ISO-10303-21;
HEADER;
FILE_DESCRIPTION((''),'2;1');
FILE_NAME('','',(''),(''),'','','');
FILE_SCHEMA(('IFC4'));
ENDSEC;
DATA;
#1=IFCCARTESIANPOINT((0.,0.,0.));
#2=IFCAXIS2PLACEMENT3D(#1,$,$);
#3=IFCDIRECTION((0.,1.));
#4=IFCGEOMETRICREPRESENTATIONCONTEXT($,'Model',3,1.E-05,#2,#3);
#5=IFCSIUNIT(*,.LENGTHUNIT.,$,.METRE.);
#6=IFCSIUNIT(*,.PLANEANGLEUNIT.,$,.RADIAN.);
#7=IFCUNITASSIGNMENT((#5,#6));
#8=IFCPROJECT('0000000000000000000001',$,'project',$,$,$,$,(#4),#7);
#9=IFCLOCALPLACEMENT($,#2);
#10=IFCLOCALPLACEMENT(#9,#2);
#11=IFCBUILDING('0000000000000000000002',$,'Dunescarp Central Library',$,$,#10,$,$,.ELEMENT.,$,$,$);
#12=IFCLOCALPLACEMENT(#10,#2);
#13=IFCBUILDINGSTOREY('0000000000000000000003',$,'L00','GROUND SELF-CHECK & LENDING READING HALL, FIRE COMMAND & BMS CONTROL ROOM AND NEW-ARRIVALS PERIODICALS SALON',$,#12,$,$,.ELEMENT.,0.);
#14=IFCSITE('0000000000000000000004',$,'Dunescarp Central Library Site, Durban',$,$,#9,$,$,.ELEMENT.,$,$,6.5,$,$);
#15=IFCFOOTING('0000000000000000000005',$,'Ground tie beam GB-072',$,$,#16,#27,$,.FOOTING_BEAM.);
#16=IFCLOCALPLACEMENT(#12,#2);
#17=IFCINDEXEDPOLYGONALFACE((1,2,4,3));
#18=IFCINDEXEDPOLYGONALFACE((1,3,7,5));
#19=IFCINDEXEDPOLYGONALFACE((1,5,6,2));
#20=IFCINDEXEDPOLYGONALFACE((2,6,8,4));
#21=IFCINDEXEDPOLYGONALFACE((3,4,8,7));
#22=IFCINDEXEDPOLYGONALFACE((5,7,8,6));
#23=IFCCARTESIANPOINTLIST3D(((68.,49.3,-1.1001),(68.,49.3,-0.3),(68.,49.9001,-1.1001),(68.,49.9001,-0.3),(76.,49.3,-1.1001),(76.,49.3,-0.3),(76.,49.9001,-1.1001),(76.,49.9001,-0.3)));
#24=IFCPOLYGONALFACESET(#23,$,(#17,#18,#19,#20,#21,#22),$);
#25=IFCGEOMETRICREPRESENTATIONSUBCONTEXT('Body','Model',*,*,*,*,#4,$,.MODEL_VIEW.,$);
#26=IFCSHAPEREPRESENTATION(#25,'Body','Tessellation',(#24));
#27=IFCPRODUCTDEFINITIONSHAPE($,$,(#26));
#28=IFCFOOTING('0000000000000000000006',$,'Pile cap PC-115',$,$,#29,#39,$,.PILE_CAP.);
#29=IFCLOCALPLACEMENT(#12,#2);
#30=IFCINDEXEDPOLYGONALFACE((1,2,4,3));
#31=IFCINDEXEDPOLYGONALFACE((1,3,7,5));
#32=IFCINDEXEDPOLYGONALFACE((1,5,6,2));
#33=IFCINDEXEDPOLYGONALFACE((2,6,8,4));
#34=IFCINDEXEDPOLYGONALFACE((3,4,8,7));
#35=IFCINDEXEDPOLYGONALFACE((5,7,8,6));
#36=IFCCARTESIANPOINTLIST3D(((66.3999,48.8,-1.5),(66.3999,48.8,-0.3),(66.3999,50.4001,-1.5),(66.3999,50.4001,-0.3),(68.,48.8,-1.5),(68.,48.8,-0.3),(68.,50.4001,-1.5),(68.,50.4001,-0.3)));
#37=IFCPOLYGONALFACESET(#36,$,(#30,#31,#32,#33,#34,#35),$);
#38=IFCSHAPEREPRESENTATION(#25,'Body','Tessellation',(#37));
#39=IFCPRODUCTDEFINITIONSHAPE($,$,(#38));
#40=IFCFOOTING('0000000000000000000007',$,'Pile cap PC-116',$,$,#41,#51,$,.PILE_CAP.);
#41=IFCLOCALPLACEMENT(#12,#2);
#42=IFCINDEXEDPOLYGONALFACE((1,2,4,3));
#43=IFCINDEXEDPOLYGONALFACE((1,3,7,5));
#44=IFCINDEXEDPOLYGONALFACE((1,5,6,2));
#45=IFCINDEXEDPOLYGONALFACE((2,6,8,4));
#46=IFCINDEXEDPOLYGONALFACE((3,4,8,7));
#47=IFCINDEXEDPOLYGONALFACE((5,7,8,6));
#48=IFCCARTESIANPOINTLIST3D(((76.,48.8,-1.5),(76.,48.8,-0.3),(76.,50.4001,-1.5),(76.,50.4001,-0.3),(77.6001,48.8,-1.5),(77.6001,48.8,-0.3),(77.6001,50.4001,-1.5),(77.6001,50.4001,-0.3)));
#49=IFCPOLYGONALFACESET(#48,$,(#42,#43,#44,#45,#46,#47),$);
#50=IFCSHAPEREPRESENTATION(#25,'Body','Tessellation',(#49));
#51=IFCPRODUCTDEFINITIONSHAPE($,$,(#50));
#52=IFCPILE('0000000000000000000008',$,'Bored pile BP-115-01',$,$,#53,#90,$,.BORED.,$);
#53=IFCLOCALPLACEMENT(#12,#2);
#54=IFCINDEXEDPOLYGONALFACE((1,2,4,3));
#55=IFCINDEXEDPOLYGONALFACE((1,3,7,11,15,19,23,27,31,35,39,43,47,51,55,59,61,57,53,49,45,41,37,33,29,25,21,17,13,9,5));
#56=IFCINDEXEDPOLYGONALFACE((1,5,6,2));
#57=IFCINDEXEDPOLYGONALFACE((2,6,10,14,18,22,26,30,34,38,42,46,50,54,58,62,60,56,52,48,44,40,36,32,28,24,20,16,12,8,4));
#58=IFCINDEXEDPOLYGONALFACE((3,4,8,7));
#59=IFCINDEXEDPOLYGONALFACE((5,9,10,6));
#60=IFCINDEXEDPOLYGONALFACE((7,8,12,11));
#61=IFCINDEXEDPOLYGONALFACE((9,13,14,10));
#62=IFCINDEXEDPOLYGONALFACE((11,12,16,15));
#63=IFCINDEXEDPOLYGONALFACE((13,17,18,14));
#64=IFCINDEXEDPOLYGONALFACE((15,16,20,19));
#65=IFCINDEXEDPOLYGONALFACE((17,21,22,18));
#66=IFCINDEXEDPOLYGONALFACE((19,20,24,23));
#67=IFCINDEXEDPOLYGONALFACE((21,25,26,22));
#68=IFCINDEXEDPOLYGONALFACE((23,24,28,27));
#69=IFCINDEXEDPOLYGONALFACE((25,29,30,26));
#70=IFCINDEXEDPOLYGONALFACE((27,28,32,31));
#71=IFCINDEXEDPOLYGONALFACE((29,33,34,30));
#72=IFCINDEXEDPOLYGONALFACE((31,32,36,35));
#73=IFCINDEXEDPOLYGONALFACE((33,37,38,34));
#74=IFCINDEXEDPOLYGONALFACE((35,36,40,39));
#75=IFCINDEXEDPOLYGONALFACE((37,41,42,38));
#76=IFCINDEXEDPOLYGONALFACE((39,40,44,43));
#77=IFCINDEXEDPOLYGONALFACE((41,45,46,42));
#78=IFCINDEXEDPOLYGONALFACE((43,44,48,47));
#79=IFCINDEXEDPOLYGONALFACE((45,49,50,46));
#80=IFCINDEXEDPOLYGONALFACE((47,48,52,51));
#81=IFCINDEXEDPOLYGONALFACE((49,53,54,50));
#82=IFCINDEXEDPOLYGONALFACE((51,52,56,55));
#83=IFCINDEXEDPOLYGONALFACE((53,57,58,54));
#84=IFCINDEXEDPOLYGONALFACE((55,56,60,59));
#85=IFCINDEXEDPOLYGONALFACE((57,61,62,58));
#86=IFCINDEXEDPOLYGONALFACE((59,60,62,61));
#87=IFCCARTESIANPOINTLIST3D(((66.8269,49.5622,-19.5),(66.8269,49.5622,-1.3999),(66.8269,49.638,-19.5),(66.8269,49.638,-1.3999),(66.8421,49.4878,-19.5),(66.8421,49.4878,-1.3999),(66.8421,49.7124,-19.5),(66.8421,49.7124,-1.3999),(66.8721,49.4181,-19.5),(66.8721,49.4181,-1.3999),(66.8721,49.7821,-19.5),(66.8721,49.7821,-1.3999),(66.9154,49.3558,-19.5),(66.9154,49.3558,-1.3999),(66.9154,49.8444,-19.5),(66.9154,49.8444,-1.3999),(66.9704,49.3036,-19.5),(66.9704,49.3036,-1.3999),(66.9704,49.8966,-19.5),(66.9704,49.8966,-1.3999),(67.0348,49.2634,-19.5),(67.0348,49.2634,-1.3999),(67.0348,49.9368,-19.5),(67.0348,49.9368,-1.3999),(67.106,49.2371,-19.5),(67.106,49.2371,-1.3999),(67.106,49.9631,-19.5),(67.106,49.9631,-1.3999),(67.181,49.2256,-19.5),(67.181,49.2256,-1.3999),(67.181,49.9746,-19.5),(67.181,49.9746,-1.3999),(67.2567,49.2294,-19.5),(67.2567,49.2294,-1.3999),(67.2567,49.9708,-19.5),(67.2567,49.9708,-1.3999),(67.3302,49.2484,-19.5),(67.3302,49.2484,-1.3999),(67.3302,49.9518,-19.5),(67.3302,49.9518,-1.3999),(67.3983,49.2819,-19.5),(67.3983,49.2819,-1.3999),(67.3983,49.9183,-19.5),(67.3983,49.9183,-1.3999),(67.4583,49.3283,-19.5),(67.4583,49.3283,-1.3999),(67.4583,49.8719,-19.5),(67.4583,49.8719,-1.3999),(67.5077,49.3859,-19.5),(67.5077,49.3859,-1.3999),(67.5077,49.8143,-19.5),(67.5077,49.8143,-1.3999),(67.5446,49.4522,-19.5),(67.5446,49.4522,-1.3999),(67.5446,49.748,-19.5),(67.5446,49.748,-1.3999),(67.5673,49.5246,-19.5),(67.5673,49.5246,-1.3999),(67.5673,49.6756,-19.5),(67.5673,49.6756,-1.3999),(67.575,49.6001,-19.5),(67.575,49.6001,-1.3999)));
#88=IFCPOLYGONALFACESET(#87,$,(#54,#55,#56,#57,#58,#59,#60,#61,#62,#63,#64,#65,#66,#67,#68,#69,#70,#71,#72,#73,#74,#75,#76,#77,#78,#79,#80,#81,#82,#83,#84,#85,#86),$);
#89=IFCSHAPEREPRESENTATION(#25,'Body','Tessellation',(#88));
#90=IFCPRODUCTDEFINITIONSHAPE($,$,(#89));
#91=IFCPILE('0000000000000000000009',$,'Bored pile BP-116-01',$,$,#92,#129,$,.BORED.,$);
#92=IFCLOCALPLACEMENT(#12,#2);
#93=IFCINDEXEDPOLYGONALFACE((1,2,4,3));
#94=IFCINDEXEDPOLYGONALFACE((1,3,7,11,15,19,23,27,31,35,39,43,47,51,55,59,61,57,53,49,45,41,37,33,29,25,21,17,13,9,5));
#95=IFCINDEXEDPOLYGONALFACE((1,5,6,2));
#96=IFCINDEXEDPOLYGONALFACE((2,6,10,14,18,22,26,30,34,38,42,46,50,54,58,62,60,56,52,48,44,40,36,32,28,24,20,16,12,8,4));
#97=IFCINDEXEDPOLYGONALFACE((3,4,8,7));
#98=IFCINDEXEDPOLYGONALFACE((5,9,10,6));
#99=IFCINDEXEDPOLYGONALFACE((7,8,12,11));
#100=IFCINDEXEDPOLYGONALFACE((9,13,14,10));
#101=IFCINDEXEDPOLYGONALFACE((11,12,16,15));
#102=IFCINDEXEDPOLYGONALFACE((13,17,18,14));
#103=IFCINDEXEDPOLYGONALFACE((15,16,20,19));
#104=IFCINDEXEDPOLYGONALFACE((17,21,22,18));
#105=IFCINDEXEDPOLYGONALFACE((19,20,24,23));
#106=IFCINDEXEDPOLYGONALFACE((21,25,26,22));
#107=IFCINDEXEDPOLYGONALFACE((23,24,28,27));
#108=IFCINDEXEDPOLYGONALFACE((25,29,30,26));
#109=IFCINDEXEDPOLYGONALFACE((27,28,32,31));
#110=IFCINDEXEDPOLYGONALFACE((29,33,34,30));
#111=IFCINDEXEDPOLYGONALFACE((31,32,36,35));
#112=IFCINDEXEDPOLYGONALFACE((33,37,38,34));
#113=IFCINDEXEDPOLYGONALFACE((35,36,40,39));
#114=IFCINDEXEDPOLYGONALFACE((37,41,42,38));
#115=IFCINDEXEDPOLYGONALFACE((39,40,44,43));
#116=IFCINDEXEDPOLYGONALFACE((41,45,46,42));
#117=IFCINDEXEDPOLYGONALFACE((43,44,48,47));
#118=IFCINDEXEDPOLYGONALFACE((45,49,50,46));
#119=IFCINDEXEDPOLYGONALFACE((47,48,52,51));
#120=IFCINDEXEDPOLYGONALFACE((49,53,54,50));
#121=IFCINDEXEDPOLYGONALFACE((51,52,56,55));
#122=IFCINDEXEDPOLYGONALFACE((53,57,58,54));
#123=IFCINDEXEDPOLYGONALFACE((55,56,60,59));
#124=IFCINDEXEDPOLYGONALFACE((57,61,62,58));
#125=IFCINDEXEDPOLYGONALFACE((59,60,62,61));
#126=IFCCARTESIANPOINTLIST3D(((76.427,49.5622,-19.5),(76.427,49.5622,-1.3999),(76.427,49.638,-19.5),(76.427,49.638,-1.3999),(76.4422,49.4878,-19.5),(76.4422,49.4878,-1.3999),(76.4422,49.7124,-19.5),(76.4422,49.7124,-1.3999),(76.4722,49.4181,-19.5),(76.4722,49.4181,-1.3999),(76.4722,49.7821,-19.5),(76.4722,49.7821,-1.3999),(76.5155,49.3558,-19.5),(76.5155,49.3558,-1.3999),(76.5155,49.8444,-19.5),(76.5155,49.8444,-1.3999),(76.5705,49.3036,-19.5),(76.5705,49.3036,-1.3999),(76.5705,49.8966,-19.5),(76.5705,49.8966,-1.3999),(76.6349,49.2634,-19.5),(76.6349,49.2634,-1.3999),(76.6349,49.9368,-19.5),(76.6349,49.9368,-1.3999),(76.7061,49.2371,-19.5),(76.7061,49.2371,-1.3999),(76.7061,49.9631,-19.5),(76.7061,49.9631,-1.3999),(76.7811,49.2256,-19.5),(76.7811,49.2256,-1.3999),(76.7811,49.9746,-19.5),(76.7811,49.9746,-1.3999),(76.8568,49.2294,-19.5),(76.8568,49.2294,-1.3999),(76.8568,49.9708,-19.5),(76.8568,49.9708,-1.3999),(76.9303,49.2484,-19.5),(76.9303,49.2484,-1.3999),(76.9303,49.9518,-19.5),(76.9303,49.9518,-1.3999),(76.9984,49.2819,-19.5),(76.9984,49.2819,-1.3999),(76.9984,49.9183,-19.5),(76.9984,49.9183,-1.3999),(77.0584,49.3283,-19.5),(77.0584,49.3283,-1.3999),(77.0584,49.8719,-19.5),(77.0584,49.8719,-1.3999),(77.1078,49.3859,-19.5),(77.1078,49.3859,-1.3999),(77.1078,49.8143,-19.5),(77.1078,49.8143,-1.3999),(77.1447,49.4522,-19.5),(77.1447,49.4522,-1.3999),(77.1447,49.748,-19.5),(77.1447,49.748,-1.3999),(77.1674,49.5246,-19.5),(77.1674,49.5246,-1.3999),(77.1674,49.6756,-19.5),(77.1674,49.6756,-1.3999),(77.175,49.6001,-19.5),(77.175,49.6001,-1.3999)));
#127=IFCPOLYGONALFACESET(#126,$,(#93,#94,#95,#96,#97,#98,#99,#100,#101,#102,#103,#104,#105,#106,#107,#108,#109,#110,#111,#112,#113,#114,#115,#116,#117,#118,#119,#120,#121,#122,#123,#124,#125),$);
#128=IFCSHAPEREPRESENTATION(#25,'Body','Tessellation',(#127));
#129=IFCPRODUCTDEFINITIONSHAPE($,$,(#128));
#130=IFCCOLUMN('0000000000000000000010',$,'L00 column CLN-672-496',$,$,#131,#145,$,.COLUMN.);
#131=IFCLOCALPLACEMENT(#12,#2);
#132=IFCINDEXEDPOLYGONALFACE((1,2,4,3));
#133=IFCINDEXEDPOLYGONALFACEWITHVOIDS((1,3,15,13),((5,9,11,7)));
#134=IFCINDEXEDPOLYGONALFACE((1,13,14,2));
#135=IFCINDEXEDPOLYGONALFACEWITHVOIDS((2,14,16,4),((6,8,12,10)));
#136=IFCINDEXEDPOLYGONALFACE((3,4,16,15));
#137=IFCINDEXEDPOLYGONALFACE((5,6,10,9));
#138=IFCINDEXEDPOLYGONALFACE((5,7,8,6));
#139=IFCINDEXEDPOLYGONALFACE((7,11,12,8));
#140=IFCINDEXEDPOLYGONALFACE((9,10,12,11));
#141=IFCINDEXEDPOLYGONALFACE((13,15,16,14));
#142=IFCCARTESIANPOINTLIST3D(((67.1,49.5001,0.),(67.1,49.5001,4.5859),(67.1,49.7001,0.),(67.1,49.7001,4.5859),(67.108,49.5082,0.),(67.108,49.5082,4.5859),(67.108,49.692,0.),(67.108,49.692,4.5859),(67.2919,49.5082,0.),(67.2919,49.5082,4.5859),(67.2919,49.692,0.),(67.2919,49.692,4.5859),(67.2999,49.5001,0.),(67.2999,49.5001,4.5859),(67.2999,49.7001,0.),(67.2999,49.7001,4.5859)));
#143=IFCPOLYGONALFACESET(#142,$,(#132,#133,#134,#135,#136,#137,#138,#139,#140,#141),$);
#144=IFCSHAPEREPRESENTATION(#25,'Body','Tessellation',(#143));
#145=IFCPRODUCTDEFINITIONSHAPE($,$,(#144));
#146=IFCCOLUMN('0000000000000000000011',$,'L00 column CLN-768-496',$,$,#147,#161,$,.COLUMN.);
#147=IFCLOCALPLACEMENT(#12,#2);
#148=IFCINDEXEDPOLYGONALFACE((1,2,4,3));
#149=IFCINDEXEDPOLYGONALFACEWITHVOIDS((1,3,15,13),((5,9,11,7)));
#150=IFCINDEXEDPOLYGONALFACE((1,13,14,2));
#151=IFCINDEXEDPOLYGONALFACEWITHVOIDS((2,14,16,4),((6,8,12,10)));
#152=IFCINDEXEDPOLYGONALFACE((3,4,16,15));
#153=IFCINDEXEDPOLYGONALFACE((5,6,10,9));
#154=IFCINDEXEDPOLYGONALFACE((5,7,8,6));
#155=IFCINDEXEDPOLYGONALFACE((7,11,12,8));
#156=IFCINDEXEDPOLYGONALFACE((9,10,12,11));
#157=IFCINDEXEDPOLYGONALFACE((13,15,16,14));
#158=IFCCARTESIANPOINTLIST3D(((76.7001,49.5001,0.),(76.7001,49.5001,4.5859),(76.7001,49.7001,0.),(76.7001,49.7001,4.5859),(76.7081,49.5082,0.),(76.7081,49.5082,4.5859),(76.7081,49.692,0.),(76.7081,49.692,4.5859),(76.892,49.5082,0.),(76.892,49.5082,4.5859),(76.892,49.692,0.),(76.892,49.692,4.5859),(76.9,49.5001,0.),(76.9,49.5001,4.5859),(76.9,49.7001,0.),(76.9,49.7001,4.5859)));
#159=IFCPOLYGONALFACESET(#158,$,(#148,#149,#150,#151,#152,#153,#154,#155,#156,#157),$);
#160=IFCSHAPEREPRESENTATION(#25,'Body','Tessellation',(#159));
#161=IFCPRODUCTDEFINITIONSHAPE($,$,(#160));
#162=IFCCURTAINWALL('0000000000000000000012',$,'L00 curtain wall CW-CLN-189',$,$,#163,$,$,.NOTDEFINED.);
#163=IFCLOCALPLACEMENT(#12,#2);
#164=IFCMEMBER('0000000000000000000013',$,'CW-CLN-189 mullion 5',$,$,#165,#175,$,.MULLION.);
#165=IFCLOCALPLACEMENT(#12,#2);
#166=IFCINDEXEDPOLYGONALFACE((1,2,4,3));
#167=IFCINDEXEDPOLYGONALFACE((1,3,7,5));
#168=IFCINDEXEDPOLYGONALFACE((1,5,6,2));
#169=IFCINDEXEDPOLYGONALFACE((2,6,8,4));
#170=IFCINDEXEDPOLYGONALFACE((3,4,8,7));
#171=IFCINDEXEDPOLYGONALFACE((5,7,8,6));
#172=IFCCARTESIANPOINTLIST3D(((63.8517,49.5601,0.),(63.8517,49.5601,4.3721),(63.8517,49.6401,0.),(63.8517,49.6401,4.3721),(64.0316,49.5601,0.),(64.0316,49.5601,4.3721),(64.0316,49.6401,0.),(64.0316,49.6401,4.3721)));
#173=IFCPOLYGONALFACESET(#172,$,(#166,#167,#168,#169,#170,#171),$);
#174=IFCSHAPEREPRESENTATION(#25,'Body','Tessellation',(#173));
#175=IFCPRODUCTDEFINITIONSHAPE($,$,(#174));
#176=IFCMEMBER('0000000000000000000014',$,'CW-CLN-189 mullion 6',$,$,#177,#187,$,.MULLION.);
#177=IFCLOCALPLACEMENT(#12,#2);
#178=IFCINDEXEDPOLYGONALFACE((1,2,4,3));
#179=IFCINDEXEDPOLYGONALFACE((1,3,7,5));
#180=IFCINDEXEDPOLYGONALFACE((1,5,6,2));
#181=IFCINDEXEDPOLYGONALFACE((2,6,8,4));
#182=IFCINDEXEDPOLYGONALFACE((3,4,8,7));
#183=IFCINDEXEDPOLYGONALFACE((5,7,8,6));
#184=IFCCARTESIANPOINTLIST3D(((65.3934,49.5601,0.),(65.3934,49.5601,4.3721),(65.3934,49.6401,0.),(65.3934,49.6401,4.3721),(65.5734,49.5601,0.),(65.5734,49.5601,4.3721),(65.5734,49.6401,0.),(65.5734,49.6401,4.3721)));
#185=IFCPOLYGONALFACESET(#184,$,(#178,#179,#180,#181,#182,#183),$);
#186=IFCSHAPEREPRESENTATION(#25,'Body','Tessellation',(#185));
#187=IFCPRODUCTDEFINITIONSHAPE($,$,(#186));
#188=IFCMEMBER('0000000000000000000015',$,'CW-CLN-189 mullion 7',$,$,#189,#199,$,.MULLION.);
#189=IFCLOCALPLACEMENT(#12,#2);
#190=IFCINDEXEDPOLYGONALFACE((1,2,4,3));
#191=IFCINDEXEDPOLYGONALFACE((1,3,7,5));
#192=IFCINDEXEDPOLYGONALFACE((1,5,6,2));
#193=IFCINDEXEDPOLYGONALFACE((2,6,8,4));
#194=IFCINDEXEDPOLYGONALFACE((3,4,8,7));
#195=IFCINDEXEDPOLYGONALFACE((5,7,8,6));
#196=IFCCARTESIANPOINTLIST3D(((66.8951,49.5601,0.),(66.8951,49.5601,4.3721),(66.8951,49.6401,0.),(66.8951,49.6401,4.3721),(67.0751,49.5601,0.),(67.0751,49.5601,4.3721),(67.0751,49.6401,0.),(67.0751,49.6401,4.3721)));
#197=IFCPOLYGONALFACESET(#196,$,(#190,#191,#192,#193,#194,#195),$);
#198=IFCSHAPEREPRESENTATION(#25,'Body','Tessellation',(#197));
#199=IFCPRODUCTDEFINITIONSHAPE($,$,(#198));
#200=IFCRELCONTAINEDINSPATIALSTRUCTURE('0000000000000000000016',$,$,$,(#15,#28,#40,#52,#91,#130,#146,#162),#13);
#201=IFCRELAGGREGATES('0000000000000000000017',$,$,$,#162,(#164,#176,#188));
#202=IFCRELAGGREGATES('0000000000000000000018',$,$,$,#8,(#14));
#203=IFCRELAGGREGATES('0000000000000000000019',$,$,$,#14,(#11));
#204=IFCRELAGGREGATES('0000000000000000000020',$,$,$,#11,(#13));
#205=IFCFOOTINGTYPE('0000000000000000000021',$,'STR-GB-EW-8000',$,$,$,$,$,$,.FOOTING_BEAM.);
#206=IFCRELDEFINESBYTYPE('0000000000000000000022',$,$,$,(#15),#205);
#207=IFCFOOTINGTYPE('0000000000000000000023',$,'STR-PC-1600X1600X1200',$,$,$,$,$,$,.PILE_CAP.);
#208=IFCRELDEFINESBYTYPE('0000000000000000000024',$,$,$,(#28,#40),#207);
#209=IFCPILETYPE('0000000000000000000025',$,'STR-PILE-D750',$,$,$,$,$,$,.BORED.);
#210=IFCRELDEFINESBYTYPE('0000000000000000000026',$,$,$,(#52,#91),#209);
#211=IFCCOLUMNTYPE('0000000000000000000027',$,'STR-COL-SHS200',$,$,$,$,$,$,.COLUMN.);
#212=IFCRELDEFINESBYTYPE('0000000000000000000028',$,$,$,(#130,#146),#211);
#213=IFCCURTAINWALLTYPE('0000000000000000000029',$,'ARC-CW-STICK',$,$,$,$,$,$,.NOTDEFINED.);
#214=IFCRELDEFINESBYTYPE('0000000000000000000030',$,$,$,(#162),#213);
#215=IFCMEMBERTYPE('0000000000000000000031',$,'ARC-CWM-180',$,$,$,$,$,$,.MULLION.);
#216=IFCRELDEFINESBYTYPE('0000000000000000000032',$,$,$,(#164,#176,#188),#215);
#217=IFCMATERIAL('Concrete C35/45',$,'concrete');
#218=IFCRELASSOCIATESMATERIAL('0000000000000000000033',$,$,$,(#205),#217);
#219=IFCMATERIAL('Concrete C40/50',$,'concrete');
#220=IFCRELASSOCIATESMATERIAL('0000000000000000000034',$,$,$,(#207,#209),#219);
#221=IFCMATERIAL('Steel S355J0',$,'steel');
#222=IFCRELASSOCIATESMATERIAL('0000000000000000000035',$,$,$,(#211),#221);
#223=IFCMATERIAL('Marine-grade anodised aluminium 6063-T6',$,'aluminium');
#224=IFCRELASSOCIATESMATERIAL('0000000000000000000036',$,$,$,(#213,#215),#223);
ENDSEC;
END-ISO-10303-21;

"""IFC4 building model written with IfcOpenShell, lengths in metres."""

from ifc_helpers import new_model, si_unit, direction, frame, origin, origin_2d, place, context, subcontext, project, spatial, rectangle, hollow_rectangle, circle, extrude, material, material_profile, profile_set, type_object, element, aggregate, save


model = new_model("IFC4")

# Units and contexts
model_context = context("Model", 3, precision=1e-05, world=origin(), true_north=direction((0.0, 1.0)))
body_context = subcontext(model_context, "Body", "Model", "MODEL_VIEW")
ifc_project = project(units=[si_unit("LENGTHUNIT", "METRE"), si_unit("PLANEANGLEUNIT", "RADIAN")], contexts=[model_context])

# Site, building, storey
site_placement = place(None, origin())
site = spatial("IfcSite", under=ifc_project, at=site_placement, Name="Dunescarp Central Library Site, Durban", CompositionType="ELEMENT", RefElevation=6.5)
building_placement = place(site_placement, origin())
building = spatial("IfcBuilding", under=site, at=building_placement, Name="Dunescarp Central Library", CompositionType="ELEMENT")
storey_placement = place(building_placement, origin())
storey = spatial("IfcBuildingStorey", under=building, at=storey_placement, Name="L00", Description="GROUND SELF-CHECK & LENDING READING HALL, FIRE COMMAND & BMS CONTROL ROOM AND NEW-ARRIVALS PERIODICALS SALON", CompositionType="ELEMENT", Elevation=0.0)

# Footings
ifc_material_1 = material(Name="Concrete C35/45", Category="concrete")
footing_type_1 = type_object("IfcFootingType", Name="STR-GB-EW-8000", PredefinedType="FOOTING_BEAM", material=ifc_material_1)
footing_placement = place(storey_placement, frame((72.0, 49.6001, -1.1001), z_axis=(0.0, 0.0, 1.0), x_axis=(1.0, 0.0, 0.0)))
element("IfcFooting", 1, at=footing_placement, inside=storey, type_object=footing_type_1, Name="Ground tie beam GB-072", PredefinedType="FOOTING_BEAM", context=body_context, shape_type="SweptSolid", body=[
    extrude(rectangle(XDim=8.0, YDim=0.6001, at=origin_2d()), origin(), (0.0, 0.0, 1.0), 0.8),
])
ifc_material_2 = material(Name="Concrete C40/50", Category="concrete")
footing_type_2 = type_object("IfcFootingType", Name="STR-PC-1600X1600X1200", PredefinedType="PILE_CAP", material=ifc_material_2)
for number, where, z_axis, x_axis, name in (
    (2, (67.2, 49.6001, -1.5), (0.0, 0.0, 1.0), (1.0, 0.0, 0.0), "Pile cap PC-115"),
    (3, (76.8, 49.6001, -1.5), (0.0, 0.0, 1.0), (1.0, 0.0, 0.0), "Pile cap PC-116"),
):
    element("IfcFooting", number, at=place(storey_placement, frame(where, z_axis=z_axis, x_axis=x_axis)), inside=storey, type_object=footing_type_2, Name=name, PredefinedType="PILE_CAP", context=body_context, shape_type="SweptSolid", body=[
        extrude(rectangle(XDim=1.6001, YDim=1.6001, at=origin_2d()), origin(), (0.0, 0.0, 1.0), 1.2),
    ])

# Piles
ifc_material_profile_1 = material_profile(ifc_material_2, circle(Radius=0.375, at=origin_2d()), Name="PILE D750")
ifc_profile_set_1 = profile_set([ifc_material_profile_1], Name="Concrete C40/50")
pile_type = type_object("IfcPileType", Name="STR-PILE-D750", PredefinedType="BORED", material=ifc_profile_set_1)
for number, where, z_axis, x_axis, name in (
    (4, (67.2, 49.6001, -1.3999), (0.0, 0.0, -1.0), (1.0, 0.0, 0.0), "Bored pile BP-115-01"),
    (5, (76.8, 49.6001, -1.3999), (0.0, 0.0, -1.0), (1.0, 0.0, 0.0), "Bored pile BP-116-01"),
):
    element("IfcPile", number, at=place(storey_placement, frame(where, z_axis=z_axis, x_axis=x_axis)), inside=storey, type_object=pile_type, Name=name, PredefinedType="BORED", context=body_context, shape_type="SweptSolid", body=[
        extrude(circle(Radius=0.375, at=origin_2d()), origin(), (0.0, 0.0, 1.0), 18.1001),
    ])

# Columns
ifc_material_3 = material(Name="Steel S355J0", Category="steel")
ifc_material_profile_2 = material_profile(ifc_material_3, hollow_rectangle(XDim=0.2, YDim=0.2, WallThickness=0.0081, at=origin_2d()), Name="SHS 200x200x8")
ifc_profile_set_2 = profile_set([ifc_material_profile_2], Name="Steel S355J0")
column_type = type_object("IfcColumnType", Name="STR-COL-SHS200", PredefinedType="COLUMN", material=ifc_profile_set_2)
for number, where, z_axis, x_axis, name in (
    (6, (67.2, 49.6001, 0.0), (0.0, 0.0, 1.0), (1.0, 0.0, 0.0), "L00 column CLN-672-496"),
    (7, (76.8, 49.6001, 0.0), (0.0, 0.0, 1.0), (1.0, 0.0, 0.0), "L00 column CLN-768-496"),
):
    element("IfcColumn", number, at=place(storey_placement, frame(where, z_axis=z_axis, x_axis=x_axis)), inside=storey, type_object=column_type, Name=name, PredefinedType="COLUMN", context=body_context, shape_type="SweptSolid", body=[
        extrude(hollow_rectangle(XDim=0.2, YDim=0.2, WallThickness=0.0081, at=origin_2d()), origin(), (0.0, 0.0, 1.0), 4.5859),
    ])

# Curtain wall, members
ifc_material_4 = material(Name="Marine-grade anodised aluminium 6063-T6", Category="aluminium")
curtain_wall_type = type_object("IfcCurtainWallType", Name="ARC-CW-STICK", PredefinedType="NOTDEFINED", material=ifc_material_4)
curtain_wall_placement = place(storey_placement, origin())
curtain_wall = element("IfcCurtainWall", 8, at=curtain_wall_placement, inside=storey, type_object=curtain_wall_type, Name="L00 curtain wall CW-CLN-189", PredefinedType="NOTDEFINED")
ifc_material_profile_3 = material_profile(ifc_material_4, rectangle(XDim=0.0801, YDim=0.1799, at=origin_2d()), Name="AL 80x180")
ifc_profile_set_3 = profile_set([ifc_material_profile_3], Name="Marine-grade anodised aluminium 6063-T6")
member_type_1 = type_object("IfcMemberType", Name="ARC-CWM-180", PredefinedType="MULLION", material=ifc_profile_set_3)
member_1_placement = place(storey_placement, frame((63.9417, 49.6001, 0.0), z_axis=(0.0, 0.0, 1.0), x_axis=(0.0, 1.0, 0.0)))
member_1 = element("IfcMember", 9, at=member_1_placement, type_object=member_type_1, Name="CW-CLN-189 mullion 5", PredefinedType="MULLION", context=body_context, shape_type="SweptSolid", body=[
    extrude(rectangle(XDim=0.0801, YDim=0.1799, at=origin_2d()), origin(), (0.0, 0.0, 1.0), 4.3721),
])
member_2_placement = place(storey_placement, frame((65.4834, 49.6001, 0.0), z_axis=(0.0, 0.0, 1.0), x_axis=(0.0, 1.0, 0.0)))
member_2 = element("IfcMember", 10, at=member_2_placement, type_object=member_type_1, Name="CW-CLN-189 mullion 6", PredefinedType="MULLION", context=body_context, shape_type="SweptSolid", body=[
    extrude(rectangle(XDim=0.0801, YDim=0.1799, at=origin_2d()), origin(), (0.0, 0.0, 1.0), 4.3721),
])
member_3_placement = place(storey_placement, frame((66.9851, 49.6001, 0.0), z_axis=(0.0, 0.0, 1.0), x_axis=(0.0, 1.0, 0.0)))
member_3 = element("IfcMember", 11, at=member_3_placement, type_object=member_type_1, Name="CW-CLN-189 mullion 7", PredefinedType="MULLION", context=body_context, shape_type="SweptSolid", body=[
    extrude(rectangle(XDim=0.0801, YDim=0.1799, at=origin_2d()), origin(), (0.0, 0.0, 1.0), 4.3721),
])
aggregate(curtain_wall, [member_1, member_2, member_3])

save(model, "model.ifc")
